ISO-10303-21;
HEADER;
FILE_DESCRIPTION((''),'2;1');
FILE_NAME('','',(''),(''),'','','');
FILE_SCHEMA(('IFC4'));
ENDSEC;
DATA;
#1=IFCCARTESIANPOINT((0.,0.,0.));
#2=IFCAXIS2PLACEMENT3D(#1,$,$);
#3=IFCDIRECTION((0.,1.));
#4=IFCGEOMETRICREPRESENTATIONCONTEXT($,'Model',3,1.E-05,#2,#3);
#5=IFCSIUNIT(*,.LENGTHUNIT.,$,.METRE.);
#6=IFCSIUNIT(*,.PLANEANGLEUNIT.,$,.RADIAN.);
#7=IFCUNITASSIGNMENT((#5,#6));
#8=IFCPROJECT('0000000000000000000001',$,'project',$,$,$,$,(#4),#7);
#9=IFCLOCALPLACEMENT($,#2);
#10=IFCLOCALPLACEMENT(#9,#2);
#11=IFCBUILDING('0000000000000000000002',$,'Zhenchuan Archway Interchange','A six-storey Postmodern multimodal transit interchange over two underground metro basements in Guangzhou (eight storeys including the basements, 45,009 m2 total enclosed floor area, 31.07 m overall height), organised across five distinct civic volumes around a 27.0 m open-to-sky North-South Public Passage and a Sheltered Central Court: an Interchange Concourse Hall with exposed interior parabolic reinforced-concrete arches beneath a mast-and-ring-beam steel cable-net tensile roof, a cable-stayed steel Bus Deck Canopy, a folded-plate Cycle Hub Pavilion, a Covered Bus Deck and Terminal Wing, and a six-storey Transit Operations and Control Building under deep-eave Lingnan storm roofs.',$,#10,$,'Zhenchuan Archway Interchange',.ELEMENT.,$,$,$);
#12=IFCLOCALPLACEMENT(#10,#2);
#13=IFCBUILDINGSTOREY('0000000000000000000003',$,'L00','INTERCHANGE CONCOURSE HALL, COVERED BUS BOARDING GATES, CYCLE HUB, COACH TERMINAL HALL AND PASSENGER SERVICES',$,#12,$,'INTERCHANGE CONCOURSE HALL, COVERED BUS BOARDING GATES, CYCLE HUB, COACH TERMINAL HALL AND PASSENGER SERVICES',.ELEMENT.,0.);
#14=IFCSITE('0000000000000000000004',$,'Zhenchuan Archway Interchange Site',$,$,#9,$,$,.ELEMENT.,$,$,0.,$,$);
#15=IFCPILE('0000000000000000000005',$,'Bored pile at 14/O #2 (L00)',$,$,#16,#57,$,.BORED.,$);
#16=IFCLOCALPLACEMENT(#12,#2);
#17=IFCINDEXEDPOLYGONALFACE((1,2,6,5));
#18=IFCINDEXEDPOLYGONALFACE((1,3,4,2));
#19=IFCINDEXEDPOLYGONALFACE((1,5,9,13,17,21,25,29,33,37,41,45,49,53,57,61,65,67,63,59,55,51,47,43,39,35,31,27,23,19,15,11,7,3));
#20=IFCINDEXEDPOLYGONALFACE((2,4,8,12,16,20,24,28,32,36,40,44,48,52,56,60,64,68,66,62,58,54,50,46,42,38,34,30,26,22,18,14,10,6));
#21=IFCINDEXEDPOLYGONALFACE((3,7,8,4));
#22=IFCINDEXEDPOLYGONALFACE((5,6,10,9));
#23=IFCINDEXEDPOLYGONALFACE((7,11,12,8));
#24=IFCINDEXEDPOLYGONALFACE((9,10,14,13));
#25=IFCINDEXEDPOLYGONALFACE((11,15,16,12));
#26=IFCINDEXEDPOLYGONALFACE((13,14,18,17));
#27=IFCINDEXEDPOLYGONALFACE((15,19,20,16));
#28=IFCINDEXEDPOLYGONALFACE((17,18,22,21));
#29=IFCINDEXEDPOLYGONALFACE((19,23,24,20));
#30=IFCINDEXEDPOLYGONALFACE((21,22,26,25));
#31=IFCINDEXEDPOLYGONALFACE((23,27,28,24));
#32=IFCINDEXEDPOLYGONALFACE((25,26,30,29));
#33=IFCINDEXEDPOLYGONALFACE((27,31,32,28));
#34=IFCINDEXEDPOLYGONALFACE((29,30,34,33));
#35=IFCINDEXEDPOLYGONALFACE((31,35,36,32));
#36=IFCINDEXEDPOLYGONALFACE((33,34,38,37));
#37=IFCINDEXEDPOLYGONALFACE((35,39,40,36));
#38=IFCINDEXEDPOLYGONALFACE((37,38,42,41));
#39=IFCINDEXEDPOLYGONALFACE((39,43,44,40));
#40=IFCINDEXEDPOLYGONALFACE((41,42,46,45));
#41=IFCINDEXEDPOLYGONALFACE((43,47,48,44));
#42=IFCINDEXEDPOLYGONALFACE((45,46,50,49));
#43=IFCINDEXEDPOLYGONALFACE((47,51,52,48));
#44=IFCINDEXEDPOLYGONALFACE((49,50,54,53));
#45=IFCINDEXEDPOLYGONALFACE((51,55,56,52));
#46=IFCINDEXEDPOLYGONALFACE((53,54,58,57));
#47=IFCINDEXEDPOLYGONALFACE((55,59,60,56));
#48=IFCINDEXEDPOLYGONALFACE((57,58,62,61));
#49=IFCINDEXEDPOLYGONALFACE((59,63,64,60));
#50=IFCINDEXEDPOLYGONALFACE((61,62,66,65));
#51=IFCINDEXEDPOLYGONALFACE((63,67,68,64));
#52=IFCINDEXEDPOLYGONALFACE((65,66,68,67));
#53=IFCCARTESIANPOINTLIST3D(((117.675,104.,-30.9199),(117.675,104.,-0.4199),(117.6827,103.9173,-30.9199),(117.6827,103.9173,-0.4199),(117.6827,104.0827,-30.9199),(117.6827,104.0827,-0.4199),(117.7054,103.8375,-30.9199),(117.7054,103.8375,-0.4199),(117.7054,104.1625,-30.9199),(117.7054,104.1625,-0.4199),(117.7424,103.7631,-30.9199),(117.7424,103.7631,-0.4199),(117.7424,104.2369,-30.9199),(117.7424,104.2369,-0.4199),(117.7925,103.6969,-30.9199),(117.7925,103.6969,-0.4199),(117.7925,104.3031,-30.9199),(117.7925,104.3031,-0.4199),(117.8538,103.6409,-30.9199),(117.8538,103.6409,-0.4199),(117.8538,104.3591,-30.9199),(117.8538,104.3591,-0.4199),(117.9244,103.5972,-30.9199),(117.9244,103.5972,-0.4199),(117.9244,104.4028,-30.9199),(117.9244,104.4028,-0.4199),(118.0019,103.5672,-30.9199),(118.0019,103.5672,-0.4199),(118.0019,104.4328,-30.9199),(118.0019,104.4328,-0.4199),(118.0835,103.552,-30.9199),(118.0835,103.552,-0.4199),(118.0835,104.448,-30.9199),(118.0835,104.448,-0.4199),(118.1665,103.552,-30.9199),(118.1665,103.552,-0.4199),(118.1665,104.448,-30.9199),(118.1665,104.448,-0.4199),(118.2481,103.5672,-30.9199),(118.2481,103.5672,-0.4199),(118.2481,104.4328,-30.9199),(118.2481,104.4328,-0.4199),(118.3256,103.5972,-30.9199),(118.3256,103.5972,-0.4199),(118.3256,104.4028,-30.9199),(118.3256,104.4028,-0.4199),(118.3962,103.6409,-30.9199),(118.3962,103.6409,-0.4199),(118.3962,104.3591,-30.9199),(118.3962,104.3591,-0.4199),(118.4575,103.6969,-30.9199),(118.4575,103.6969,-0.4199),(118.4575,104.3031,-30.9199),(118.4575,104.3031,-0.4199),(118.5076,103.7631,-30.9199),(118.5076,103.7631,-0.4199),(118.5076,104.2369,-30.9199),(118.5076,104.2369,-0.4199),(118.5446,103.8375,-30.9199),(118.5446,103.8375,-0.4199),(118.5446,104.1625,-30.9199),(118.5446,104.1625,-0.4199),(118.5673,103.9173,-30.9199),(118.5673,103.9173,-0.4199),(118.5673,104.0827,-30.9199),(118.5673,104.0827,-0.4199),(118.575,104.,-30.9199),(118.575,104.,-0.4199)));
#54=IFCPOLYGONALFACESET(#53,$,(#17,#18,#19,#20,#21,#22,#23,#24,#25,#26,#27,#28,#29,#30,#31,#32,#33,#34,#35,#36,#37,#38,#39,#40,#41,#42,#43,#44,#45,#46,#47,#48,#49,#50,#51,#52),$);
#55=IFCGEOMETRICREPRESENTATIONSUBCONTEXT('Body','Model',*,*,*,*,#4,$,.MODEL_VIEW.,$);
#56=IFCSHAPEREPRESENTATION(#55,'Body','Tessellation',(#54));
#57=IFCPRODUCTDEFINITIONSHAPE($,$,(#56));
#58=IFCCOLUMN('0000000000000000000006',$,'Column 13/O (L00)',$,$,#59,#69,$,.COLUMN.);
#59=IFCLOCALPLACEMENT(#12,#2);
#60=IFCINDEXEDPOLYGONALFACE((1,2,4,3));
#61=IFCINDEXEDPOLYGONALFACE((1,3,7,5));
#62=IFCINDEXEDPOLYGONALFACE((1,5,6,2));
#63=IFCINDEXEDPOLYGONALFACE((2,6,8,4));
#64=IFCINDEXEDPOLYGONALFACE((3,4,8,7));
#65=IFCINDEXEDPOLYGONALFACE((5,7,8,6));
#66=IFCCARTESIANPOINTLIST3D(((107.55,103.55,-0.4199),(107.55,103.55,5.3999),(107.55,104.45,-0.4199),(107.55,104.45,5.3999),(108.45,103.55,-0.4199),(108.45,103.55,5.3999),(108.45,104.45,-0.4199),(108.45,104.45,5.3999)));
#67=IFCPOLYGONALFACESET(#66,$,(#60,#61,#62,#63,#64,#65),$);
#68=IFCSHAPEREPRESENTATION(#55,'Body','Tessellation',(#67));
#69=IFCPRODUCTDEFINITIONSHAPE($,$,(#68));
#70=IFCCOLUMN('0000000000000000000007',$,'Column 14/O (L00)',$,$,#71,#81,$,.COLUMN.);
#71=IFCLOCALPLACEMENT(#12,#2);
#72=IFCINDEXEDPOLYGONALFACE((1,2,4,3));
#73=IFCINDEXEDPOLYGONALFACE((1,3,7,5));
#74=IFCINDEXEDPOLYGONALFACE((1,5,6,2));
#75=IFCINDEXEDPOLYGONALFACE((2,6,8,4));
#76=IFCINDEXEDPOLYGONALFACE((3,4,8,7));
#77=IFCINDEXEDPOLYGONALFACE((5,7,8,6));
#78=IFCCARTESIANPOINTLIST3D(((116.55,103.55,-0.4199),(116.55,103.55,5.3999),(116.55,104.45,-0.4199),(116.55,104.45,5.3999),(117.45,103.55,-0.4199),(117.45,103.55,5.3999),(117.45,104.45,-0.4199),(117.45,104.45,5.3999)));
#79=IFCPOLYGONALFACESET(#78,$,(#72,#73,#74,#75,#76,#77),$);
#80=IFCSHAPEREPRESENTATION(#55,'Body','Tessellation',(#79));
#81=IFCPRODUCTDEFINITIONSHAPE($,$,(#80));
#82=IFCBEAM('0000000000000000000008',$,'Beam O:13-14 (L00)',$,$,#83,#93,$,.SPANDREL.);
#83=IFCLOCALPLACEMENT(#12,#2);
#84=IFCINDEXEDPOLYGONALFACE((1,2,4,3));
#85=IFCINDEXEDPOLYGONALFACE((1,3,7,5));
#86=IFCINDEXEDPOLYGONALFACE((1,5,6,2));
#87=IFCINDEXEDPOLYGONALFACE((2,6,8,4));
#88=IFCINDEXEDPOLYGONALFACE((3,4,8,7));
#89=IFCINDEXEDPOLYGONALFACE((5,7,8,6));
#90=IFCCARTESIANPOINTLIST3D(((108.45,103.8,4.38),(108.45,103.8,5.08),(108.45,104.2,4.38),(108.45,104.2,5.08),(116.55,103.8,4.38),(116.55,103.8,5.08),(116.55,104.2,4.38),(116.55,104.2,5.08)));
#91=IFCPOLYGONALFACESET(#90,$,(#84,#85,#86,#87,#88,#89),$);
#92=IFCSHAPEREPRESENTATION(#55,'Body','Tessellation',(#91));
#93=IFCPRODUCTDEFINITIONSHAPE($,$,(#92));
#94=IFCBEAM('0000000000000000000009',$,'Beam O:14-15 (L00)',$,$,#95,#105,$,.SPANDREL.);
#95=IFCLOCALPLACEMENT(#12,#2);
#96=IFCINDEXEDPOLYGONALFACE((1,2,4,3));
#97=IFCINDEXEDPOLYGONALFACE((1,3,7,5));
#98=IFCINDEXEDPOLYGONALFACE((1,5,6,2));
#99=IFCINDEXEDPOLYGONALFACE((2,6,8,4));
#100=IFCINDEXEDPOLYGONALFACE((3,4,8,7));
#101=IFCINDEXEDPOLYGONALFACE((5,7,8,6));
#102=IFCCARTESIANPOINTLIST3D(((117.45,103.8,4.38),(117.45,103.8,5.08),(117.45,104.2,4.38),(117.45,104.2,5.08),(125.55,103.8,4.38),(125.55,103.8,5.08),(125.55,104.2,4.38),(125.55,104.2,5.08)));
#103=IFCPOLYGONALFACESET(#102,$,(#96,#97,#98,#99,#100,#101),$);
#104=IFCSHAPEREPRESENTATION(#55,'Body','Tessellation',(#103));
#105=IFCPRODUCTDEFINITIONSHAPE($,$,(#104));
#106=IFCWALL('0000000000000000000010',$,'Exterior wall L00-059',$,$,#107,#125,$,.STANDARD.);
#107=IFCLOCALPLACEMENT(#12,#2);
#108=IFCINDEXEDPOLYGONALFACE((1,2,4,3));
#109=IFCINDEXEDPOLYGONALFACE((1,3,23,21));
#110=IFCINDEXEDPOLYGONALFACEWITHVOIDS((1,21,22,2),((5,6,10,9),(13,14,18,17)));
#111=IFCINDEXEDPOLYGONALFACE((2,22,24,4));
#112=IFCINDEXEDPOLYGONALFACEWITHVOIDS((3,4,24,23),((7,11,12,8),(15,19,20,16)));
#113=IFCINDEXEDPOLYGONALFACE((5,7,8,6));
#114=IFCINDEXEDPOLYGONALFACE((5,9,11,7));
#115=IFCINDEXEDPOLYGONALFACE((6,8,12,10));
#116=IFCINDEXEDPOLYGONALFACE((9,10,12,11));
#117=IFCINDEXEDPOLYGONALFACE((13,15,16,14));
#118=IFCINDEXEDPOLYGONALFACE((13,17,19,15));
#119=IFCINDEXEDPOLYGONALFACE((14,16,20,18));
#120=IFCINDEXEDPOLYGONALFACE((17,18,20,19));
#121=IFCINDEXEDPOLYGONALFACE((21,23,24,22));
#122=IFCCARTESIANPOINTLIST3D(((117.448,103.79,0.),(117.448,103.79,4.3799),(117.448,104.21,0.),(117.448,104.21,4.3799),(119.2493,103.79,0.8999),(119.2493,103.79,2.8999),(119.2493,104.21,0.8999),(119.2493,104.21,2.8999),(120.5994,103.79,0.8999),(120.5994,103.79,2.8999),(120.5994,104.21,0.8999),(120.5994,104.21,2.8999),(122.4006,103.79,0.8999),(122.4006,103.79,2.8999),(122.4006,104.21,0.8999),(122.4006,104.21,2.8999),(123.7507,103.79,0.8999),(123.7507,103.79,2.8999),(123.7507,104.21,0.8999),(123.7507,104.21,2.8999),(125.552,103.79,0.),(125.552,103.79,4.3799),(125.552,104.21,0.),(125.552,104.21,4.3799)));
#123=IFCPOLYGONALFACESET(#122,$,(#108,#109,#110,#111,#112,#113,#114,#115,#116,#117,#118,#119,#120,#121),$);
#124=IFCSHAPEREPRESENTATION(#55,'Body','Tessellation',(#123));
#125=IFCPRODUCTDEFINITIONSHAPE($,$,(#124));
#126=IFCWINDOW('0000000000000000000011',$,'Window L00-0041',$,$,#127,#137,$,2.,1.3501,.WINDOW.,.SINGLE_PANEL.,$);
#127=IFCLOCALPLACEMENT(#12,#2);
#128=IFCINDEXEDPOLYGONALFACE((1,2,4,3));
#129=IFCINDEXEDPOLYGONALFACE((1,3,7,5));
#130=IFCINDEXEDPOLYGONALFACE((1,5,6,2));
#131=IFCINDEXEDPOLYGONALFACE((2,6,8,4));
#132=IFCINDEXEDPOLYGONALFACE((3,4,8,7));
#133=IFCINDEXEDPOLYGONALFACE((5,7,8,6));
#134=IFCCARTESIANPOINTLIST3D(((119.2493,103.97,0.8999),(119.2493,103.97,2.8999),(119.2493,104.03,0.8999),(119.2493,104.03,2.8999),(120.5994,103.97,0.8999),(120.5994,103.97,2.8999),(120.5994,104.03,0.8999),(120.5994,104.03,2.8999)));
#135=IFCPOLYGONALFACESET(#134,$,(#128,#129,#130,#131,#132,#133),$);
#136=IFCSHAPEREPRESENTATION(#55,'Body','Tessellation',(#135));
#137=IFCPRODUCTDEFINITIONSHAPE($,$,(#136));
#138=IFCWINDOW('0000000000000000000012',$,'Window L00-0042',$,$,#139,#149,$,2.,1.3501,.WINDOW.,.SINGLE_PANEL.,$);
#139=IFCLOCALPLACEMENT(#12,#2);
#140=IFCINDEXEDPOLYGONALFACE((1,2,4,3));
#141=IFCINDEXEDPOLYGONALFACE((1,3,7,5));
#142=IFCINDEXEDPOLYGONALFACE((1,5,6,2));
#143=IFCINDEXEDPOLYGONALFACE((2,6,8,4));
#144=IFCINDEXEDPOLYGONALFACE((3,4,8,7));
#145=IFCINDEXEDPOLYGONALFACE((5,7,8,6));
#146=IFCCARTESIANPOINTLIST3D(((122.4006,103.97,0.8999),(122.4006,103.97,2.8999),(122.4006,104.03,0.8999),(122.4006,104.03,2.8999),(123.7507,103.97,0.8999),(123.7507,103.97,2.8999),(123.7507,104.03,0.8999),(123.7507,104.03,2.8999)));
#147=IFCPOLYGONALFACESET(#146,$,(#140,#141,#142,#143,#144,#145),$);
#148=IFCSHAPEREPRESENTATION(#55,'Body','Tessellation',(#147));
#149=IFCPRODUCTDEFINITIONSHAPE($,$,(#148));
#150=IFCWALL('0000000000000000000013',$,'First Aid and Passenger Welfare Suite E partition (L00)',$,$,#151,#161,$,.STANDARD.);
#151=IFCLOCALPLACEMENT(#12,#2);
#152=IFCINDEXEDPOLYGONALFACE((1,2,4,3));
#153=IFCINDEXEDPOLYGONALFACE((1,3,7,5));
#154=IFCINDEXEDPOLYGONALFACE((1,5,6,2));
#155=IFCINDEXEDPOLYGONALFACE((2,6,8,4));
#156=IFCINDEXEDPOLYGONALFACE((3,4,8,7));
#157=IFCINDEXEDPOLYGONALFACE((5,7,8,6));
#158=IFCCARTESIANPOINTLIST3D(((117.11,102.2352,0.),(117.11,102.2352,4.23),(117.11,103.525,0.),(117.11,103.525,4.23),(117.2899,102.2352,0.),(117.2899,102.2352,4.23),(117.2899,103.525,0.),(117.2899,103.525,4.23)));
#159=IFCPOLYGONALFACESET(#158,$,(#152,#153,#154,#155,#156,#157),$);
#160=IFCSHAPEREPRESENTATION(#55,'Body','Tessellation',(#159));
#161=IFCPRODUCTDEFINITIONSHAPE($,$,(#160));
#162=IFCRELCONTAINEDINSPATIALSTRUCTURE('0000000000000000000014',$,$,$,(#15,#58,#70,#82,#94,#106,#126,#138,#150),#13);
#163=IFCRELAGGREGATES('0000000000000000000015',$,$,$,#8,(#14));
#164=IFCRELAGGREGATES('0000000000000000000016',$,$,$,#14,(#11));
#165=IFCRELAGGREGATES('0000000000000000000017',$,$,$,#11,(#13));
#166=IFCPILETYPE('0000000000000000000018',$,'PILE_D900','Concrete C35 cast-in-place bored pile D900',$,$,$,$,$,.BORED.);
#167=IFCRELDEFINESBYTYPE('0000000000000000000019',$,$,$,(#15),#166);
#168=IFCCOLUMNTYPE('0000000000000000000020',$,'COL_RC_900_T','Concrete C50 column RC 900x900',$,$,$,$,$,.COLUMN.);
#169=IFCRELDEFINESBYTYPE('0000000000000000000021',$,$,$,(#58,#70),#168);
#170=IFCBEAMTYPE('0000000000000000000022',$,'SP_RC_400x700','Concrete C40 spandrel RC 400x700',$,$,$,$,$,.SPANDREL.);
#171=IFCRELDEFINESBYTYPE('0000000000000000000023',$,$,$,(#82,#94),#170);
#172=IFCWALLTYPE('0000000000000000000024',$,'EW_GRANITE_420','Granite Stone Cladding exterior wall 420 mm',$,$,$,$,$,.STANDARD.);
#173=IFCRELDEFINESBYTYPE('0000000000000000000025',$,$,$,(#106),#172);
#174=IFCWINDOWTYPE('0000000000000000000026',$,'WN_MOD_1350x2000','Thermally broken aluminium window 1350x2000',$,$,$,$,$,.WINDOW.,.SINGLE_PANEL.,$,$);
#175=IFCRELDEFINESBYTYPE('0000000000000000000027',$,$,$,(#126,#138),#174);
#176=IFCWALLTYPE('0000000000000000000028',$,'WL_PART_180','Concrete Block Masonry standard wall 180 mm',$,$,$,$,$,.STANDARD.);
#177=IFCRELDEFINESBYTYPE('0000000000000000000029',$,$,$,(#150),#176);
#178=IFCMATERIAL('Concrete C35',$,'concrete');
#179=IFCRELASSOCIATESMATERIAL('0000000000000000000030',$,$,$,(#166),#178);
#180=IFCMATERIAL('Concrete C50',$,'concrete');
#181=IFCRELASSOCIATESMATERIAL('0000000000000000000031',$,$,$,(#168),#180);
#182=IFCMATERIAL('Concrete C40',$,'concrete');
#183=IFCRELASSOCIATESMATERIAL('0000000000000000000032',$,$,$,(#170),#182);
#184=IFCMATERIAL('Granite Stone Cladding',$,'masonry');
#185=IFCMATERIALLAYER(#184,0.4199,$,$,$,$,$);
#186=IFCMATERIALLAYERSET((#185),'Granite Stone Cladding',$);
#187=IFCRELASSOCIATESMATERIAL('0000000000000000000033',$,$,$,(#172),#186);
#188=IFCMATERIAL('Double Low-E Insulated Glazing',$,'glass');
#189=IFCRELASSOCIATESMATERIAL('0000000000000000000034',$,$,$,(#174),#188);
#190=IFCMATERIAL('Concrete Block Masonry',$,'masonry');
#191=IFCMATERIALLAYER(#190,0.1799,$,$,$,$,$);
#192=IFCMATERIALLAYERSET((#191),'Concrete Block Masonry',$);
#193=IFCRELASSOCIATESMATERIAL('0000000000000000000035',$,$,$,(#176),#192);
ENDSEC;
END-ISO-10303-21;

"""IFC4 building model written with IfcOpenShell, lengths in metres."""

from ifc_helpers import new_model, si_unit, direction, frame, frame_2d, origin, origin_2d, place, context, subcontext, project, spatial, rectangle, circle, extrude, material, layer, layer_set, material_profile, profile_set, type_object, element, fill, save


model = new_model("IFC4")

# Units and contexts
model_context = context("Model", 3, precision=1e-05, world=origin(), true_north=direction((0.0, 1.0)))
body_context = subcontext(model_context, "Body", "Model", "MODEL_VIEW")
ifc_project = project(units=[si_unit("LENGTHUNIT", "METRE"), si_unit("PLANEANGLEUNIT", "RADIAN")], contexts=[model_context])

# Site, building, storey
site_placement = place(None, origin())
site = spatial("IfcSite", under=ifc_project, at=site_placement, Name="Zhenchuan Archway Interchange Site", CompositionType="ELEMENT", RefElevation=0.0)
building_placement = place(site_placement, origin())
building = spatial("IfcBuilding", under=site, at=building_placement, Name="Zhenchuan Archway Interchange", Description="A six-storey Postmodern multimodal transit interchange over two underground metro basements in Guangzhou (eight storeys including the basements, 45,009 m2 total enclosed floor area, 31.07 m overall height), organised across five distinct civic volumes around a 27.0 m open-to-sky North-South Public Passage and a Sheltered Central Court: an Interchange Concourse Hall with exposed interior parabolic reinforced-concrete arches beneath a mast-and-ring-beam steel cable-net tensile roof, a cable-stayed steel Bus Deck Canopy, a folded-plate Cycle Hub Pavilion, a Covered Bus Deck and Terminal Wing, and a six-storey Transit Operations and Control Building under deep-eave Lingnan storm roofs.", LongName="Zhenchuan Archway Interchange", CompositionType="ELEMENT")
storey_placement = place(building_placement, origin())
storey = spatial("IfcBuildingStorey", under=building, at=storey_placement, Name="L00", Description="INTERCHANGE CONCOURSE HALL, COVERED BUS BOARDING GATES, CYCLE HUB, COACH TERMINAL HALL AND PASSENGER SERVICES", LongName="INTERCHANGE CONCOURSE HALL, COVERED BUS BOARDING GATES, CYCLE HUB, COACH TERMINAL HALL AND PASSENGER SERVICES", CompositionType="ELEMENT", Elevation=0.0)

# Shared definitions
ifc_material_1 = material(Name="Concrete C40", Category="concrete")

# Pile
ifc_material_2 = material(Name="Concrete C35", Category="concrete")
ifc_material_profile_1 = material_profile(ifc_material_2, circle(Radius=0.45, at=origin_2d()), Name="BORED PILE 900")
ifc_profile_set_1 = profile_set([ifc_material_profile_1], Name="Concrete C35")
pile_type = type_object("IfcPileType", Name="PILE_D900", Description="Concrete C35 cast-in-place bored pile D900", PredefinedType="BORED", material=ifc_profile_set_1)
for number, where, z_axis, x_axis, name in (
    (1, (118.125, 104.0, -0.4199), (0.0, 0.0, -1.0), (1.0, 0.0, 0.0), "Bored pile at 14/O #2 (L00)"),
):
    element("IfcPile", number, at=place(storey_placement, frame(where, z_axis=z_axis, x_axis=x_axis)), inside=storey, type_object=pile_type, Name=name, PredefinedType="BORED", context=body_context, shape_type="SweptSolid", body=[
        extrude(circle(Radius=0.45, at=origin_2d()), origin(), (0.0, 0.0, 1.0), 30.5),
    ])

# Columns
ifc_material_3 = material(Name="Concrete C50", Category="concrete")
ifc_material_profile_2 = material_profile(ifc_material_3, rectangle(XDim=0.8999, YDim=0.8999, at=origin_2d()), Name="RC 900x900")
ifc_profile_set_2 = profile_set([ifc_material_profile_2], Name="Concrete C50")
column_type = type_object("IfcColumnType", Name="COL_RC_900_T", Description="Concrete C50 column RC 900x900", PredefinedType="COLUMN", material=ifc_profile_set_2)
for number, where, z_axis, x_axis, name in (
    (2, (108.0, 104.0, -0.4199), (0.0, 0.0, 1.0), (1.0, 0.0, 0.0), "Column 13/O (L00)"),
    (3, (117.0, 104.0, -0.4199), (0.0, 0.0, 1.0), (1.0, 0.0, 0.0), "Column 14/O (L00)"),
):
    element("IfcColumn", number, at=place(storey_placement, frame(where, z_axis=z_axis, x_axis=x_axis)), inside=storey, type_object=column_type, Name=name, PredefinedType="COLUMN", context=body_context, shape_type="SweptSolid", body=[
        extrude(rectangle(XDim=0.8999, YDim=0.8999, at=origin_2d()), origin(), (0.0, 0.0, 1.0), 5.8198),
    ])

# Beams
ifc_material_profile_3 = material_profile(ifc_material_1, rectangle(XDim=0.3999, YDim=0.7, at=origin_2d()), Name="RC 400x700")
ifc_profile_set_3 = profile_set([ifc_material_profile_3], Name="Concrete C40")
beam_type = type_object("IfcBeamType", Name="SP_RC_400x700", Description="Concrete C40 spandrel RC 400x700", PredefinedType="SPANDREL", material=ifc_profile_set_3)
for number, where, z_axis, x_axis, name in (
    (4, (108.45, 104.0, 4.73), (1.0, 0.0, 0.0), (0.0, 1.0, 0.0), "Beam O:13-14 (L00)"),
    (5, (117.45, 104.0, 4.73), (1.0, 0.0, 0.0), (0.0, 1.0, 0.0), "Beam O:14-15 (L00)"),
):
    element("IfcBeam", number, at=place(storey_placement, frame(where, z_axis=z_axis, x_axis=x_axis)), inside=storey, type_object=beam_type, Name=name, PredefinedType="SPANDREL", context=body_context, shape_type="SweptSolid", body=[
        extrude(rectangle(XDim=0.3999, YDim=0.7, at=origin_2d()), origin(), (0.0, 0.0, 1.0), 8.1001),
    ])

# Shared definitions
ifc_material_4 = material(Name="Granite Stone Cladding", Category="masonry")
ifc_layer_1 = layer(ifc_material_4, 0.4199)
ifc_layer_set_1 = layer_set([ifc_layer_1], Name="Granite Stone Cladding")
wall_type_1 = type_object("IfcWallType", Name="EW_GRANITE_420", Description="Granite Stone Cladding exterior wall 420 mm", PredefinedType="STANDARD", material=ifc_layer_set_1)

# Wall, openings, windows
wall_1_placement = place(storey_placement, frame((117.448, 104.0, 0.0), z_axis=(0.0, 0.0, 1.0), x_axis=(1.0, 0.0, 0.0)))
wall_1 = element("IfcWall", 6, at=wall_1_placement, inside=storey, type_object=wall_type_1, Name="Exterior wall L00-059", PredefinedType="STANDARD", context=body_context, shape_type="SweptSolid", body=[
    extrude(rectangle(XDim=8.104, YDim=0.4199, at=frame_2d((4.052, 0.0))), origin(), (0.0, 0.0, 1.0), 4.3799),
])
opening_1_placement = place(wall_1_placement, frame((1.8013, 0.0, 0.8999)))
opening_1 = element("IfcOpeningElement", 7, at=opening_1_placement, cuts=wall_1, PredefinedType="OPENING", context=body_context, shape_type="SweptSolid", body=[
    extrude(rectangle(XDim=1.3501, YDim=2.0, at=frame_2d((0.675, 1.0))), frame((0.0, 0.2219, 0.0), z_axis=(0.0, -1.0, 0.0), x_axis=(1.0, 0.0, 0.0)), (0.0, 0.0, 1.0), 0.4438),
])
opening_2_placement = place(wall_1_placement, frame((4.9526, 0.0, 0.8999)))
opening_2 = element("IfcOpeningElement", 8, at=opening_2_placement, cuts=wall_1, PredefinedType="OPENING", context=body_context, shape_type="SweptSolid", body=[
    extrude(rectangle(XDim=1.3501, YDim=2.0, at=frame_2d((0.675, 1.0))), frame((0.0, 0.2219, 0.0), z_axis=(0.0, -1.0, 0.0), x_axis=(1.0, 0.0, 0.0)), (0.0, 0.0, 1.0), 0.4438),
])
ifc_material_5 = material(Name="Double Low-E Insulated Glazing", Category="glass")
window_type = type_object("IfcWindowType", Name="WN_MOD_1350x2000", Description="Thermally broken aluminium window 1350x2000", PartitioningType="SINGLE_PANEL", PredefinedType="WINDOW", material=ifc_material_5)
window_1_placement = place(opening_1_placement, origin())
window_1 = element("IfcWindow", 9, at=window_1_placement, inside=storey, type_object=window_type, Name="Window L00-0041", OverallHeight=2.0, OverallWidth=1.3501, PartitioningType="SINGLE_PANEL", PredefinedType="WINDOW", context=body_context, shape_type="SweptSolid", body=[
    extrude(rectangle(XDim=1.3501, YDim=2.0, at=frame_2d((0.675, 1.0))), frame((0.0, 0.03, 0.0), z_axis=(0.0, -1.0, 0.0), x_axis=(1.0, 0.0, 0.0)), (0.0, 0.0, 1.0), 0.0601),
])
fill(opening_1, window_1)
window_2_placement = place(opening_2_placement, origin())
window_2 = element("IfcWindow", 10, at=window_2_placement, inside=storey, type_object=window_type, Name="Window L00-0042", OverallHeight=2.0, OverallWidth=1.3501, PartitioningType="SINGLE_PANEL", PredefinedType="WINDOW", context=body_context, shape_type="SweptSolid", body=[
    extrude(rectangle(XDim=1.3501, YDim=2.0, at=frame_2d((0.675, 1.0))), frame((0.0, 0.03, 0.0), z_axis=(0.0, -1.0, 0.0), x_axis=(1.0, 0.0, 0.0)), (0.0, 0.0, 1.0), 0.0601),
])
fill(opening_2, window_2)

# Wall
ifc_material_6 = material(Name="Concrete Block Masonry", Category="masonry")
ifc_layer_2 = layer(ifc_material_6, 0.1799)
ifc_layer_set_2 = layer_set([ifc_layer_2], Name="Concrete Block Masonry")
wall_type_2 = type_object("IfcWallType", Name="WL_PART_180", Description="Concrete Block Masonry standard wall 180 mm", PredefinedType="STANDARD", material=ifc_layer_set_2)
wall_2_placement = place(storey_placement, frame((117.2, 102.2351, 0.0), z_axis=(0.0, 0.0, 1.0), x_axis=(0.0, 1.0, 0.0)))
element("IfcWall", 11, at=wall_2_placement, inside=storey, type_object=wall_type_2, Name="First Aid and Passenger Welfare Suite E partition (L00)", PredefinedType="STANDARD", context=body_context, shape_type="SweptSolid", body=[
    extrude(rectangle(XDim=1.2898, YDim=0.1799, at=frame_2d((0.645, 0.0))), origin(), (0.0, 0.0, 1.0), 4.23),
])

save(model, "model.ifc")
